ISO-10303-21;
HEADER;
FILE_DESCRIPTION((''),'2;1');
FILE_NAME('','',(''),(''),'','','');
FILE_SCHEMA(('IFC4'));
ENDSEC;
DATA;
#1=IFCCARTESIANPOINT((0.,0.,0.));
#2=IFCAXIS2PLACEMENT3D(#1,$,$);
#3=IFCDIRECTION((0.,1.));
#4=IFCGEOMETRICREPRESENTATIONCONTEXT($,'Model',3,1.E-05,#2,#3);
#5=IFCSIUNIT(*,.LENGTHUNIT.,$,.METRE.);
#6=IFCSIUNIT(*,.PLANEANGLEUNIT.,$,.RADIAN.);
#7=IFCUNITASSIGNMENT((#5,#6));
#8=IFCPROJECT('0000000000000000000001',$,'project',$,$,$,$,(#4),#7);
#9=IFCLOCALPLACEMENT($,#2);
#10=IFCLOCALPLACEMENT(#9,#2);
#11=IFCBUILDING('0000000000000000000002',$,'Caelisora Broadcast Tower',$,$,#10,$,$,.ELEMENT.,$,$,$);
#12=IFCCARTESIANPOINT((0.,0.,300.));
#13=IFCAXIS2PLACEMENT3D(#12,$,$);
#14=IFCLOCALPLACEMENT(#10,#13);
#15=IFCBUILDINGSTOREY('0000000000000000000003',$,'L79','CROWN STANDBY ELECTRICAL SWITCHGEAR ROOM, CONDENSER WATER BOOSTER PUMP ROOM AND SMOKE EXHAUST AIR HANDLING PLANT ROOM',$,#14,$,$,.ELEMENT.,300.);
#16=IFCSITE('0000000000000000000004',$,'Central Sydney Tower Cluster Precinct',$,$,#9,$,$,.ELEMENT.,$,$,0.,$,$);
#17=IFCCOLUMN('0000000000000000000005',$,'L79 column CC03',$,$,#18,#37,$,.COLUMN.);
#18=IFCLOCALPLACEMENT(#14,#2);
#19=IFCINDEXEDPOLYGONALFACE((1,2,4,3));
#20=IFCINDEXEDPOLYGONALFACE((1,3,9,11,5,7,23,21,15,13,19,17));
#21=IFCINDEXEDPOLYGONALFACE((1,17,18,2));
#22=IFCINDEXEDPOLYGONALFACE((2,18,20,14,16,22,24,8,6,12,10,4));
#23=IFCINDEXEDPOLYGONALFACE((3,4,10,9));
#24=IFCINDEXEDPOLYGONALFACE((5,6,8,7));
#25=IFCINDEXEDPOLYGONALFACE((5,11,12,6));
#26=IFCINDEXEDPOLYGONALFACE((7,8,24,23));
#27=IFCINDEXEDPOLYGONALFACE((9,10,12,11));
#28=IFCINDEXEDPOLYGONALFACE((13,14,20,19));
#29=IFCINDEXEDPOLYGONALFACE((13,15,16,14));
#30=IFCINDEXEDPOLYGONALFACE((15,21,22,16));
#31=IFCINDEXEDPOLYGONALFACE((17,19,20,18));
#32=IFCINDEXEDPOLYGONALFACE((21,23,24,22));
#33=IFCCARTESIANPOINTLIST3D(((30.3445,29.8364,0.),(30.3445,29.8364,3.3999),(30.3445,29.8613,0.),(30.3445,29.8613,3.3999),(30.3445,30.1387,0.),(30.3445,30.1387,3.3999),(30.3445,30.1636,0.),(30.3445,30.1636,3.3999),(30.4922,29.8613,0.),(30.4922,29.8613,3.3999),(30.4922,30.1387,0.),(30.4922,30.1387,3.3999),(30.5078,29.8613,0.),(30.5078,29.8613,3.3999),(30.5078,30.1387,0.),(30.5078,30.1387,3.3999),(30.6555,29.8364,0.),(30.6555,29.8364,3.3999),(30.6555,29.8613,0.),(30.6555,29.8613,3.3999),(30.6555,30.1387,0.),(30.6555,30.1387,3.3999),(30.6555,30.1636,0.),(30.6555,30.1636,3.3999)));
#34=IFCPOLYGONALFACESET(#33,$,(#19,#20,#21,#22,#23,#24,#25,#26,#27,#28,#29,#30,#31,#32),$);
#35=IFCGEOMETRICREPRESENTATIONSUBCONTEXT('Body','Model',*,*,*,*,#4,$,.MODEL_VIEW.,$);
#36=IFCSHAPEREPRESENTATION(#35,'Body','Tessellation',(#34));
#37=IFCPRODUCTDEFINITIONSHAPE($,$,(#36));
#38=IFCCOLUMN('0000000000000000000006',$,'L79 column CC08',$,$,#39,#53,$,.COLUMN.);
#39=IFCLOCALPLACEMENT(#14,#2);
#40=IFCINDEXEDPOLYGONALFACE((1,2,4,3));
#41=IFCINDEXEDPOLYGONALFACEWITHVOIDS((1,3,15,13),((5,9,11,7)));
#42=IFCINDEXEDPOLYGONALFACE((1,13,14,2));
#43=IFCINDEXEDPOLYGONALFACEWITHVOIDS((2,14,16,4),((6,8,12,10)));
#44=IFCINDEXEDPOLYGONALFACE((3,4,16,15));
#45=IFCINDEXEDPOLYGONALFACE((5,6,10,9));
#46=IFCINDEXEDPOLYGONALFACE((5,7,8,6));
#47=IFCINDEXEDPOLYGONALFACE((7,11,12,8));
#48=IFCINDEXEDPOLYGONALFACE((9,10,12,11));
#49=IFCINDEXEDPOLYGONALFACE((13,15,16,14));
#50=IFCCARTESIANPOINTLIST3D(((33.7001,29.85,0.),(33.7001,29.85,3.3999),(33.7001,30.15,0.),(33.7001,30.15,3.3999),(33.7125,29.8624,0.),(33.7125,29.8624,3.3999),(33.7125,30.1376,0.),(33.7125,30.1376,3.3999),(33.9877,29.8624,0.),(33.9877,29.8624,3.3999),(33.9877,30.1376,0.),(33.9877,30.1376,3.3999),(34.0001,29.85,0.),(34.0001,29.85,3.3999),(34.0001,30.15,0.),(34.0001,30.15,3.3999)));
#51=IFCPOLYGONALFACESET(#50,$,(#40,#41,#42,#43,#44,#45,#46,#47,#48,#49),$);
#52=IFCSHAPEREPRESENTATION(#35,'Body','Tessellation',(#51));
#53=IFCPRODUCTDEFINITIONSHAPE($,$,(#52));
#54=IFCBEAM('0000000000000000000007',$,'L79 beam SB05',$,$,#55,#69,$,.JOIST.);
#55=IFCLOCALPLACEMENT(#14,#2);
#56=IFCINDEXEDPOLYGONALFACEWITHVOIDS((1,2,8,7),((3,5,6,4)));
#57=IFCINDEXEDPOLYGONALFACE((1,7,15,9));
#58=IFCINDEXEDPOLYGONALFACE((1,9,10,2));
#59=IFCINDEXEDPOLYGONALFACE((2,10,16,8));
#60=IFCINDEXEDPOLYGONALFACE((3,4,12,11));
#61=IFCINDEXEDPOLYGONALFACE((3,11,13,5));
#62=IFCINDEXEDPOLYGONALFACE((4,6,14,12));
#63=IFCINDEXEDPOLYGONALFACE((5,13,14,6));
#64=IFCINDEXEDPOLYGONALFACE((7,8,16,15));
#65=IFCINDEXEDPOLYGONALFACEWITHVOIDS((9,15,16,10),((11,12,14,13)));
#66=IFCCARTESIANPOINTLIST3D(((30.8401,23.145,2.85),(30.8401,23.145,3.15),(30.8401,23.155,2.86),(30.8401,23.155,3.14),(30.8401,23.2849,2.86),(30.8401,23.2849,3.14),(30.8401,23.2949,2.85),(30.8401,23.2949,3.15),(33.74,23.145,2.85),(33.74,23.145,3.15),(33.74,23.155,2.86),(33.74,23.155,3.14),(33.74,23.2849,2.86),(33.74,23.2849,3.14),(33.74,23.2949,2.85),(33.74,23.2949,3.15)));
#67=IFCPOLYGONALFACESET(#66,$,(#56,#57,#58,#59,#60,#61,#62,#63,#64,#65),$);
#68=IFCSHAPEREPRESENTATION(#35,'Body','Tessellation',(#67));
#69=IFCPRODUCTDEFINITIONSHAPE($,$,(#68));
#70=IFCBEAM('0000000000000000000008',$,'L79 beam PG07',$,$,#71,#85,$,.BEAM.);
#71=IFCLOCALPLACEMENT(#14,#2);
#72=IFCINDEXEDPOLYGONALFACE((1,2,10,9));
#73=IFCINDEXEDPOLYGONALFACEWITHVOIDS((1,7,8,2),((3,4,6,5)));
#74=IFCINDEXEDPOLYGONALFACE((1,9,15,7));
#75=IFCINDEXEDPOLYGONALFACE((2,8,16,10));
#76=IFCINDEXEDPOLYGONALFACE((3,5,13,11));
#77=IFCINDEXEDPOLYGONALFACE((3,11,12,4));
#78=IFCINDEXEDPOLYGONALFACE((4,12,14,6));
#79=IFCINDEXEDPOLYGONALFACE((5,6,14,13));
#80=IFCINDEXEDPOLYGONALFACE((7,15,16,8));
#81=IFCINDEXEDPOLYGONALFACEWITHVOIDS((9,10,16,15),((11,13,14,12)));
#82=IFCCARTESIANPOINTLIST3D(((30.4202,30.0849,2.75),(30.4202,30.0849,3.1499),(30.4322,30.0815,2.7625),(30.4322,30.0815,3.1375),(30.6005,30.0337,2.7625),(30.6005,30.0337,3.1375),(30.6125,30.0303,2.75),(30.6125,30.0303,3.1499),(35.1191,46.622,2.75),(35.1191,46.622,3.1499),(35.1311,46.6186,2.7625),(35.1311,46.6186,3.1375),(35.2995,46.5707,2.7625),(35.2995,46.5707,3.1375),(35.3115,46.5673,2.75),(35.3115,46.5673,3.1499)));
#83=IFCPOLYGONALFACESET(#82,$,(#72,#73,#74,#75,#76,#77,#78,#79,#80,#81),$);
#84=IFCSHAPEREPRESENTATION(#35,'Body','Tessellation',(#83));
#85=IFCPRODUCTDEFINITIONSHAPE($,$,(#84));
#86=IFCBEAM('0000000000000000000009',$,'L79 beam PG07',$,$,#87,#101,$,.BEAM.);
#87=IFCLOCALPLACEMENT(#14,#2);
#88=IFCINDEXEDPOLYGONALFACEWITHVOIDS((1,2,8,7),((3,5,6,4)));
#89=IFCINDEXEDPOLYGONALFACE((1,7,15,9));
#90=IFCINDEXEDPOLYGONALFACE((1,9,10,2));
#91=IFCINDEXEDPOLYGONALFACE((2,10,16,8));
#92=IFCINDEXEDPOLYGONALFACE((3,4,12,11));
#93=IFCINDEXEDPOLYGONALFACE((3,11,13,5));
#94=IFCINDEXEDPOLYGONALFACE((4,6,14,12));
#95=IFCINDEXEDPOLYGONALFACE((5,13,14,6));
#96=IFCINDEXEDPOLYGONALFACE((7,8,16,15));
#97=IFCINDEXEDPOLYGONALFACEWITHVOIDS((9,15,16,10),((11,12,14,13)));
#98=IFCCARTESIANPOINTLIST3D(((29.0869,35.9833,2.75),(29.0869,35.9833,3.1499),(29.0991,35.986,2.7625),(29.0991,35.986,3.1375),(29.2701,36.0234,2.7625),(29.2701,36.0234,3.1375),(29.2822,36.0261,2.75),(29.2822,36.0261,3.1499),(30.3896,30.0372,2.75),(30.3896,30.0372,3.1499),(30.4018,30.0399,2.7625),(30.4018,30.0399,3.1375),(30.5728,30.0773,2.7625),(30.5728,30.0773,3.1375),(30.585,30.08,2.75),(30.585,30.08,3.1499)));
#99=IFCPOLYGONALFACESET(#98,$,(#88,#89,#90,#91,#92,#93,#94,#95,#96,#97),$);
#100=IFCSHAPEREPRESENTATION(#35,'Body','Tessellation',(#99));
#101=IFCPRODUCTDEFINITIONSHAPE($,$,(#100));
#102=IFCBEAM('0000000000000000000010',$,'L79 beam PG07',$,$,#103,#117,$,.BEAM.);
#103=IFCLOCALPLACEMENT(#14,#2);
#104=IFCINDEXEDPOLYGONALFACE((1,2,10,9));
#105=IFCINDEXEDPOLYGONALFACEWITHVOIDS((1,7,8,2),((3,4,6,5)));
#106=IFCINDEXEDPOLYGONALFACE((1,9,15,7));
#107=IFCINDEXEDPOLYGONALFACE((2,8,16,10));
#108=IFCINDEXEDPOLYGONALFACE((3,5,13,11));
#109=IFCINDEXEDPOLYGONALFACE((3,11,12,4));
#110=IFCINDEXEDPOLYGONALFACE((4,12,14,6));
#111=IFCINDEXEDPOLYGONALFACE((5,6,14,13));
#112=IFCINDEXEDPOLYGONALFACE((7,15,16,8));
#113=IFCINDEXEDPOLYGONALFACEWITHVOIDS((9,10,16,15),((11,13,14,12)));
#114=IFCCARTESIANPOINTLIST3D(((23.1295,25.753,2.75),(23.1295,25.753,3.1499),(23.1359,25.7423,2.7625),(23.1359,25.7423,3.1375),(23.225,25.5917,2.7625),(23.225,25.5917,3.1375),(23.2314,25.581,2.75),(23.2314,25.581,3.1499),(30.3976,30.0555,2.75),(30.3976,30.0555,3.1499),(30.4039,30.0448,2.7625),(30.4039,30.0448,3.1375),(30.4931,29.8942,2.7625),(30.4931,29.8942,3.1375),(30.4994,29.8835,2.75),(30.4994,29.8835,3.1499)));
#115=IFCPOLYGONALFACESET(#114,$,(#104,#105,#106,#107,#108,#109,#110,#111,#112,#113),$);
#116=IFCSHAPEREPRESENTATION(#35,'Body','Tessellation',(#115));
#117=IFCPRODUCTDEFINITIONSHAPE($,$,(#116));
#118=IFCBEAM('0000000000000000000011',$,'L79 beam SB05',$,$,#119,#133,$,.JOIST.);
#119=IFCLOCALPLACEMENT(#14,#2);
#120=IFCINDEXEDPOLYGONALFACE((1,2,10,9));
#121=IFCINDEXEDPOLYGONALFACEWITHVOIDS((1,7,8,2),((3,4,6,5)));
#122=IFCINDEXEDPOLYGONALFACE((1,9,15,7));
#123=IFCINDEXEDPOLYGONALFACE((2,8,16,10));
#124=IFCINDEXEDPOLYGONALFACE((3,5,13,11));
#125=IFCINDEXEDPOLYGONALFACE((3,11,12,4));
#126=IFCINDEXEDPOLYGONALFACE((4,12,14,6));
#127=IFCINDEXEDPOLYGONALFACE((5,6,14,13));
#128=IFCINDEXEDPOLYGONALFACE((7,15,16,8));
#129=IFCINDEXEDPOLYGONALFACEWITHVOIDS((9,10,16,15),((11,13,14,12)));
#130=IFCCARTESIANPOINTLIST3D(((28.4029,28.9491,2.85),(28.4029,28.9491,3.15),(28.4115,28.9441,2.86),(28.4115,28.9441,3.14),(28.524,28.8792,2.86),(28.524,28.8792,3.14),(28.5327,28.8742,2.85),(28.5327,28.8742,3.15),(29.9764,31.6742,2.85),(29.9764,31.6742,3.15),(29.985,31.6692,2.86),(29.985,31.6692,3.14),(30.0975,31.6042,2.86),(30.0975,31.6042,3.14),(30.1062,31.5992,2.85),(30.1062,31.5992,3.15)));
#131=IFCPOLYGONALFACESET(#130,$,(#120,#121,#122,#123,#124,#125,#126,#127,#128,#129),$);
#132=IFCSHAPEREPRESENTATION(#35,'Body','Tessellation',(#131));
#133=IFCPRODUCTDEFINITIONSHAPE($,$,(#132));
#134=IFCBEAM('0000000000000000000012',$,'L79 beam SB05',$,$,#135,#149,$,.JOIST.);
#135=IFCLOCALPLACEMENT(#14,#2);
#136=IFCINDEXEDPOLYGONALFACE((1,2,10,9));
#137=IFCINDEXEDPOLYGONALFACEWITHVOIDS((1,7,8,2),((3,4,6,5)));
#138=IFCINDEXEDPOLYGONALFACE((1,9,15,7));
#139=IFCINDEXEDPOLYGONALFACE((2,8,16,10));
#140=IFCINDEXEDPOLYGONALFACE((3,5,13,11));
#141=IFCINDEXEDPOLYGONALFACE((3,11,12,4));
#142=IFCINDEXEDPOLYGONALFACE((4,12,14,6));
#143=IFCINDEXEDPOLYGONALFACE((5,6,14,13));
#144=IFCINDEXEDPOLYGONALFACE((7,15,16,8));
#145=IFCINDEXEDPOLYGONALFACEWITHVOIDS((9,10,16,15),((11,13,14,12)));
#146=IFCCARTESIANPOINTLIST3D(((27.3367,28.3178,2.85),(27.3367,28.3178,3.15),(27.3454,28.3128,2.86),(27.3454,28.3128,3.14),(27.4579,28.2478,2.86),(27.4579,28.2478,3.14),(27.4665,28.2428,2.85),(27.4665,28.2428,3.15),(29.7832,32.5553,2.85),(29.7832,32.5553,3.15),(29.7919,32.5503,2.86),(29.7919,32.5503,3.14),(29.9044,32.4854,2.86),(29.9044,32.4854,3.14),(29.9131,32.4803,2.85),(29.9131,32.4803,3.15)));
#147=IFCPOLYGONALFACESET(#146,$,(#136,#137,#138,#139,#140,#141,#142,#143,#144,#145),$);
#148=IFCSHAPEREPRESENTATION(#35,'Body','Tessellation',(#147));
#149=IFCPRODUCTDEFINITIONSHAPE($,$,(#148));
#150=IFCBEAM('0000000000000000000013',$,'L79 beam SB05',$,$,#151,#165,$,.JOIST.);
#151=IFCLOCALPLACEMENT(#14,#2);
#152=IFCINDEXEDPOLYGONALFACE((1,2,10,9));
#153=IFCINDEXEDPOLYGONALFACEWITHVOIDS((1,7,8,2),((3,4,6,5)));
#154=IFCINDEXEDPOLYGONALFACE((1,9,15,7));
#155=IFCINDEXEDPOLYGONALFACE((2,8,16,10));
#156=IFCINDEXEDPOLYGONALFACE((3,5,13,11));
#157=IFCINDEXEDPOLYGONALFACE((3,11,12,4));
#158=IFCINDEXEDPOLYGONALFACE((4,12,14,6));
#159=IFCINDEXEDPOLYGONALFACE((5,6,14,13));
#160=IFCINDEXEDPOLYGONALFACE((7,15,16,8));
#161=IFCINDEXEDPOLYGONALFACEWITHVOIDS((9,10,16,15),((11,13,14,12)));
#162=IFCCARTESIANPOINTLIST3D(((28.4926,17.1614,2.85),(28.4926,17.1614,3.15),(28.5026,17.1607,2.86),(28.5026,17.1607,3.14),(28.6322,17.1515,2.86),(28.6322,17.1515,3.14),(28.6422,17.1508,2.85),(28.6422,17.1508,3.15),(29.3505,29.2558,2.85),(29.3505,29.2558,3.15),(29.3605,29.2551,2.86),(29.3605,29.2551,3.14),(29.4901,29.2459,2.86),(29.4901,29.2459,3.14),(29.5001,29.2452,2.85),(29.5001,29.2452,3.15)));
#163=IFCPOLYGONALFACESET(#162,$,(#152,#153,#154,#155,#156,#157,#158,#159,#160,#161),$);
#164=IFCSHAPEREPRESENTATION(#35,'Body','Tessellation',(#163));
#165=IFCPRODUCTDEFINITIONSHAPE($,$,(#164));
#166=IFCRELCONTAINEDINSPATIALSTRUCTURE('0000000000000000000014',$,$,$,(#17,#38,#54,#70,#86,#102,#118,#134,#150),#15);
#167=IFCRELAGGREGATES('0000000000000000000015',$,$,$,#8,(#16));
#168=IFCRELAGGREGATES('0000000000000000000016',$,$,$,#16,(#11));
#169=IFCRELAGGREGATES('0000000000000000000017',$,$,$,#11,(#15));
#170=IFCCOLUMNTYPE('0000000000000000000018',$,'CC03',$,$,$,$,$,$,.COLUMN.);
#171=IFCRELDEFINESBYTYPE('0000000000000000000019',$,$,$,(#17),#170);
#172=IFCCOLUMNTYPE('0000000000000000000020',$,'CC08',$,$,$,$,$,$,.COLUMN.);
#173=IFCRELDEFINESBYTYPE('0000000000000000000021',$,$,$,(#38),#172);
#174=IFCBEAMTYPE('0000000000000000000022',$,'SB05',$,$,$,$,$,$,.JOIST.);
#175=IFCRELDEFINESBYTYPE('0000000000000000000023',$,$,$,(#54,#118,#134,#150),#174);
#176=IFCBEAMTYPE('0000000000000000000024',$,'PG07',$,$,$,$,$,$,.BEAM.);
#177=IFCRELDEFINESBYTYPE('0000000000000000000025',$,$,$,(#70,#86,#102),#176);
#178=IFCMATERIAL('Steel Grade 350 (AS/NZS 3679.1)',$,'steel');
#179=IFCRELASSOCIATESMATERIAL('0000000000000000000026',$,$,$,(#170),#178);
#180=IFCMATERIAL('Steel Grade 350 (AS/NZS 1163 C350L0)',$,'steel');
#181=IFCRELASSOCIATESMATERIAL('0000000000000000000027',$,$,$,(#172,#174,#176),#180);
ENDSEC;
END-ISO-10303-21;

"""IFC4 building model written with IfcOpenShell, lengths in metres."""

from ifc_helpers import new_model, si_unit, direction, frame, origin, origin_2d, place, context, subcontext, project, spatial, hollow_rectangle, i_section, extrude, source, transform, mapped, material, material_profile, profile_set, type_object, type_shapes, element, save


model = new_model("IFC4")

# Units and contexts
model_context = context("Model", 3, precision=1e-05, world=origin(), true_north=direction((0.0, 1.0)))
body_context = subcontext(model_context, "Body", "Model", "MODEL_VIEW")
ifc_project = project(units=[si_unit("LENGTHUNIT", "METRE"), si_unit("PLANEANGLEUNIT", "RADIAN")], contexts=[model_context])

# Site, building, storey
site_placement = place(None, origin())
site = spatial("IfcSite", under=ifc_project, at=site_placement, Name="Central Sydney Tower Cluster Precinct", CompositionType="ELEMENT", RefElevation=0.0)
building_placement = place(site_placement, origin())
building = spatial("IfcBuilding", under=site, at=building_placement, Name="Caelisora Broadcast Tower", CompositionType="ELEMENT")
storey_placement = place(building_placement, frame((0.0, 0.0, 300.0)))
storey = spatial("IfcBuildingStorey", under=building, at=storey_placement, Name="L79", Description="CROWN STANDBY ELECTRICAL SWITCHGEAR ROOM, CONDENSER WATER BOOSTER PUMP ROOM AND SMOKE EXHAUST AIR HANDLING PLANT ROOM", CompositionType="ELEMENT", Elevation=300.0)

# Columns
ifc_material_1 = material(Name="Steel Grade 350 (AS/NZS 3679.1)", Category="steel")
ifc_material_profile_1 = material_profile(ifc_material_1, i_section(OverallWidth=0.311, OverallDepth=0.3271, WebThickness=0.0156, FlangeThickness=0.0249, at=origin_2d()), Name="Steel Grade 350 (AS/NZS 3679.1)")
ifc_profile_set_1 = profile_set([ifc_material_profile_1], Name="Steel Grade 350 (AS/NZS 3679.1)")
column_type_1 = type_object("IfcColumnType", Name="CC03", PredefinedType="COLUMN", material=ifc_profile_set_1)
shared_shape_1 = source(origin(), body_context, "Body", "SweptSolid", [
    extrude(i_section(OverallWidth=0.311, OverallDepth=0.3271, WebThickness=0.0156, FlangeThickness=0.0249, at=origin_2d()), origin(), (0.0, 0.0, 1.0), 3.3999),
])
type_shapes(column_type_1, [shared_shape_1])
column_1_placement = place(storey_placement, frame((30.5, 30.0, 0.0), z_axis=(0.0, 0.0, 1.0), x_axis=(1.0, 0.0, 0.0)))
element("IfcColumn", 1, at=column_1_placement, inside=storey, type_object=column_type_1, Name="L79 column CC03", PredefinedType="COLUMN", context=body_context, shape_type="MappedRepresentation", body=[
    mapped(shared_shape_1, transform((0.0, 0.0, 0.0), scale=1.0)),
])
ifc_material_2 = material(Name="Steel Grade 350 (AS/NZS 1163 C350L0)", Category="steel")
ifc_material_profile_2 = material_profile(ifc_material_2, hollow_rectangle(XDim=0.3, YDim=0.3, WallThickness=0.0125, at=origin_2d()), Name="Steel Grade 350 (AS/NZS 1163 C350L0)")
ifc_profile_set_2 = profile_set([ifc_material_profile_2], Name="Steel Grade 350 (AS/NZS 1163 C350L0)")
column_type_2 = type_object("IfcColumnType", Name="CC08", PredefinedType="COLUMN", material=ifc_profile_set_2)
shared_shape_2 = source(origin(), body_context, "Body", "SweptSolid", [
    extrude(hollow_rectangle(XDim=0.3, YDim=0.3, WallThickness=0.0125, at=origin_2d()), origin(), (0.0, 0.0, 1.0), 3.3999),
])
type_shapes(column_type_2, [shared_shape_2])
column_2_placement = place(storey_placement, frame((33.8501, 30.0, 0.0), z_axis=(0.0, 0.0, 1.0), x_axis=(1.0, 0.0, 0.0)))
element("IfcColumn", 2, at=column_2_placement, inside=storey, type_object=column_type_2, Name="L79 column CC08", PredefinedType="COLUMN", context=body_context, shape_type="MappedRepresentation", body=[
    mapped(shared_shape_2, transform((0.0, 0.0, 0.0), scale=1.0)),
])

# Beams
ifc_material_profile_3 = material_profile(ifc_material_2, hollow_rectangle(XDim=0.1499, YDim=0.3, WallThickness=0.01, at=origin_2d()), Name="Steel Grade 350 (AS/NZS 1163 C350L0)")
ifc_profile_set_3 = profile_set([ifc_material_profile_3], Name="Steel Grade 350 (AS/NZS 1163 C350L0)")
beam_type_1 = type_object("IfcBeamType", Name="SB05", PredefinedType="JOIST", material=ifc_profile_set_3)
shared_shape_3 = source(origin(), body_context, "Body", "SweptSolid", [
    extrude(hollow_rectangle(XDim=0.1499, YDim=0.3, WallThickness=0.01, at=origin_2d()), origin(), (0.0, 0.0, 1.0), 2.8999),
])
beam_1_placement = place(storey_placement, frame((30.8401, 23.22, 3.0), z_axis=(1.0, 0.0, 0.0), x_axis=(0.0, 1.0, 0.0)))
element("IfcBeam", 3, at=beam_1_placement, inside=storey, type_object=beam_type_1, Name="L79 beam SB05", PredefinedType="JOIST", context=body_context, shape_type="MappedRepresentation", body=[
    mapped(shared_shape_3, transform((0.0, 0.0, 0.0), scale=1.0)),
])
ifc_material_profile_4 = material_profile(ifc_material_2, hollow_rectangle(XDim=0.2, YDim=0.3999, WallThickness=0.0125, at=origin_2d()), Name="Steel Grade 350 (AS/NZS 1163 C350L0)")
ifc_profile_set_4 = profile_set([ifc_material_profile_4], Name="Steel Grade 350 (AS/NZS 1163 C350L0)")
beam_type_2 = type_object("IfcBeamType", Name="PG07", PredefinedType="BEAM", material=ifc_profile_set_4)
shared_shape_4 = source(origin(), body_context, "Body", "SweptSolid", [
    extrude(hollow_rectangle(XDim=0.2, YDim=0.3999, WallThickness=0.0125, at=origin_2d()), origin(), (0.0, 0.0, 1.0), 17.1917),
])
beam_2_placement = place(storey_placement, frame((30.5164, 30.0576, 2.95), z_axis=(0.273327, 0.961921, 0.0), x_axis=(-0.961921, 0.273327, 0.0)))
element("IfcBeam", 4, at=beam_2_placement, inside=storey, type_object=beam_type_2, Name="L79 beam PG07", PredefinedType="BEAM", context=body_context, shape_type="MappedRepresentation", body=[
    mapped(shared_shape_4, transform((0.0, 0.0, 0.0), scale=1.0)),
])
shared_shape_5 = source(origin(), body_context, "Body", "SweptSolid", [
    extrude(hollow_rectangle(XDim=0.2, YDim=0.3999, WallThickness=0.0125, at=origin_2d()), origin(), (0.0, 0.0, 1.0), 6.0872),
])
beam_3_placement = place(storey_placement, frame((30.4873, 30.0586, 2.95), z_axis=(-0.214016, 0.97683, 0.0), x_axis=(-0.97683, -0.214016, 0.0)))
element("IfcBeam", 5, at=beam_3_placement, inside=storey, type_object=beam_type_2, Name="L79 beam PG07", PredefinedType="BEAM", context=body_context, shape_type="MappedRepresentation", body=[
    mapped(shared_shape_5, transform((0.0, 0.0, 0.0), scale=1.0)),
])
shared_shape_6 = source(origin(), body_context, "Body", "SweptSolid", [
    extrude(hollow_rectangle(XDim=0.2, YDim=0.3999, WallThickness=0.0125, at=origin_2d()), origin(), (0.0, 0.0, 1.0), 8.446),
])
type_shapes(beam_type_2, [shared_shape_4, shared_shape_5, shared_shape_6])
beam_4_placement = place(storey_placement, frame((30.4485, 29.9695, 2.95), z_axis=(-0.860526, -0.509407, 0.0), x_axis=(0.509407, -0.860526, 0.0)))
element("IfcBeam", 6, at=beam_4_placement, inside=storey, type_object=beam_type_2, Name="L79 beam PG07", PredefinedType="BEAM", context=body_context, shape_type="MappedRepresentation", body=[
    mapped(shared_shape_6, transform((0.0, 0.0, 0.0), scale=1.0)),
])
shared_shape_7 = source(origin(), body_context, "Body", "SweptSolid", [
    extrude(hollow_rectangle(XDim=0.1499, YDim=0.3, WallThickness=0.01, at=origin_2d()), origin(), (0.0, 0.0, 1.0), 3.1467),
])
beam_5_placement = place(storey_placement, frame((30.0413, 31.6367, 3.0), z_axis=(-0.500036, -0.866005, 0.0), x_axis=(0.866005, -0.500036, 0.0)))
element("IfcBeam", 7, at=beam_5_placement, inside=storey, type_object=beam_type_1, Name="L79 beam SB05", PredefinedType="JOIST", context=body_context, shape_type="MappedRepresentation", body=[
    mapped(shared_shape_7, transform((0.0, 0.0, 0.0), scale=1.0)),
])
shared_shape_8 = source(origin(), body_context, "Body", "SweptSolid", [
    extrude(hollow_rectangle(XDim=0.1499, YDim=0.3, WallThickness=0.01, at=origin_2d()), origin(), (0.0, 0.0, 1.0), 4.8931),
])
beam_6_placement = place(storey_placement, frame((29.8481, 32.5178, 3.0), z_axis=(-0.499997, -0.866027, 0.0), x_axis=(0.866027, -0.499997, 0.0)))
element("IfcBeam", 8, at=beam_6_placement, inside=storey, type_object=beam_type_1, Name="L79 beam SB05", PredefinedType="JOIST", context=body_context, shape_type="MappedRepresentation", body=[
    mapped(shared_shape_8, transform((0.0, 0.0, 0.0), scale=1.0)),
])
shared_shape_9 = source(origin(), body_context, "Body", "SweptSolid", [
    extrude(hollow_rectangle(XDim=0.1499, YDim=0.3, WallThickness=0.01, at=origin_2d()), origin(), (0.0, 0.0, 1.0), 12.1248),
])
beam_7_placement = place(storey_placement, frame((29.4253, 29.2505, 3.0), z_axis=(-0.070756, -0.997494, 0.0), x_axis=(0.997494, -0.070756, 0.0)))
element("IfcBeam", 9, at=beam_7_placement, inside=storey, type_object=beam_type_1, Name="L79 beam SB05", PredefinedType="JOIST", context=body_context, shape_type="MappedRepresentation", body=[
    mapped(shared_shape_9, transform((0.0, 0.0, 0.0), scale=1.0)),
])

save(model, "model.ifc")
